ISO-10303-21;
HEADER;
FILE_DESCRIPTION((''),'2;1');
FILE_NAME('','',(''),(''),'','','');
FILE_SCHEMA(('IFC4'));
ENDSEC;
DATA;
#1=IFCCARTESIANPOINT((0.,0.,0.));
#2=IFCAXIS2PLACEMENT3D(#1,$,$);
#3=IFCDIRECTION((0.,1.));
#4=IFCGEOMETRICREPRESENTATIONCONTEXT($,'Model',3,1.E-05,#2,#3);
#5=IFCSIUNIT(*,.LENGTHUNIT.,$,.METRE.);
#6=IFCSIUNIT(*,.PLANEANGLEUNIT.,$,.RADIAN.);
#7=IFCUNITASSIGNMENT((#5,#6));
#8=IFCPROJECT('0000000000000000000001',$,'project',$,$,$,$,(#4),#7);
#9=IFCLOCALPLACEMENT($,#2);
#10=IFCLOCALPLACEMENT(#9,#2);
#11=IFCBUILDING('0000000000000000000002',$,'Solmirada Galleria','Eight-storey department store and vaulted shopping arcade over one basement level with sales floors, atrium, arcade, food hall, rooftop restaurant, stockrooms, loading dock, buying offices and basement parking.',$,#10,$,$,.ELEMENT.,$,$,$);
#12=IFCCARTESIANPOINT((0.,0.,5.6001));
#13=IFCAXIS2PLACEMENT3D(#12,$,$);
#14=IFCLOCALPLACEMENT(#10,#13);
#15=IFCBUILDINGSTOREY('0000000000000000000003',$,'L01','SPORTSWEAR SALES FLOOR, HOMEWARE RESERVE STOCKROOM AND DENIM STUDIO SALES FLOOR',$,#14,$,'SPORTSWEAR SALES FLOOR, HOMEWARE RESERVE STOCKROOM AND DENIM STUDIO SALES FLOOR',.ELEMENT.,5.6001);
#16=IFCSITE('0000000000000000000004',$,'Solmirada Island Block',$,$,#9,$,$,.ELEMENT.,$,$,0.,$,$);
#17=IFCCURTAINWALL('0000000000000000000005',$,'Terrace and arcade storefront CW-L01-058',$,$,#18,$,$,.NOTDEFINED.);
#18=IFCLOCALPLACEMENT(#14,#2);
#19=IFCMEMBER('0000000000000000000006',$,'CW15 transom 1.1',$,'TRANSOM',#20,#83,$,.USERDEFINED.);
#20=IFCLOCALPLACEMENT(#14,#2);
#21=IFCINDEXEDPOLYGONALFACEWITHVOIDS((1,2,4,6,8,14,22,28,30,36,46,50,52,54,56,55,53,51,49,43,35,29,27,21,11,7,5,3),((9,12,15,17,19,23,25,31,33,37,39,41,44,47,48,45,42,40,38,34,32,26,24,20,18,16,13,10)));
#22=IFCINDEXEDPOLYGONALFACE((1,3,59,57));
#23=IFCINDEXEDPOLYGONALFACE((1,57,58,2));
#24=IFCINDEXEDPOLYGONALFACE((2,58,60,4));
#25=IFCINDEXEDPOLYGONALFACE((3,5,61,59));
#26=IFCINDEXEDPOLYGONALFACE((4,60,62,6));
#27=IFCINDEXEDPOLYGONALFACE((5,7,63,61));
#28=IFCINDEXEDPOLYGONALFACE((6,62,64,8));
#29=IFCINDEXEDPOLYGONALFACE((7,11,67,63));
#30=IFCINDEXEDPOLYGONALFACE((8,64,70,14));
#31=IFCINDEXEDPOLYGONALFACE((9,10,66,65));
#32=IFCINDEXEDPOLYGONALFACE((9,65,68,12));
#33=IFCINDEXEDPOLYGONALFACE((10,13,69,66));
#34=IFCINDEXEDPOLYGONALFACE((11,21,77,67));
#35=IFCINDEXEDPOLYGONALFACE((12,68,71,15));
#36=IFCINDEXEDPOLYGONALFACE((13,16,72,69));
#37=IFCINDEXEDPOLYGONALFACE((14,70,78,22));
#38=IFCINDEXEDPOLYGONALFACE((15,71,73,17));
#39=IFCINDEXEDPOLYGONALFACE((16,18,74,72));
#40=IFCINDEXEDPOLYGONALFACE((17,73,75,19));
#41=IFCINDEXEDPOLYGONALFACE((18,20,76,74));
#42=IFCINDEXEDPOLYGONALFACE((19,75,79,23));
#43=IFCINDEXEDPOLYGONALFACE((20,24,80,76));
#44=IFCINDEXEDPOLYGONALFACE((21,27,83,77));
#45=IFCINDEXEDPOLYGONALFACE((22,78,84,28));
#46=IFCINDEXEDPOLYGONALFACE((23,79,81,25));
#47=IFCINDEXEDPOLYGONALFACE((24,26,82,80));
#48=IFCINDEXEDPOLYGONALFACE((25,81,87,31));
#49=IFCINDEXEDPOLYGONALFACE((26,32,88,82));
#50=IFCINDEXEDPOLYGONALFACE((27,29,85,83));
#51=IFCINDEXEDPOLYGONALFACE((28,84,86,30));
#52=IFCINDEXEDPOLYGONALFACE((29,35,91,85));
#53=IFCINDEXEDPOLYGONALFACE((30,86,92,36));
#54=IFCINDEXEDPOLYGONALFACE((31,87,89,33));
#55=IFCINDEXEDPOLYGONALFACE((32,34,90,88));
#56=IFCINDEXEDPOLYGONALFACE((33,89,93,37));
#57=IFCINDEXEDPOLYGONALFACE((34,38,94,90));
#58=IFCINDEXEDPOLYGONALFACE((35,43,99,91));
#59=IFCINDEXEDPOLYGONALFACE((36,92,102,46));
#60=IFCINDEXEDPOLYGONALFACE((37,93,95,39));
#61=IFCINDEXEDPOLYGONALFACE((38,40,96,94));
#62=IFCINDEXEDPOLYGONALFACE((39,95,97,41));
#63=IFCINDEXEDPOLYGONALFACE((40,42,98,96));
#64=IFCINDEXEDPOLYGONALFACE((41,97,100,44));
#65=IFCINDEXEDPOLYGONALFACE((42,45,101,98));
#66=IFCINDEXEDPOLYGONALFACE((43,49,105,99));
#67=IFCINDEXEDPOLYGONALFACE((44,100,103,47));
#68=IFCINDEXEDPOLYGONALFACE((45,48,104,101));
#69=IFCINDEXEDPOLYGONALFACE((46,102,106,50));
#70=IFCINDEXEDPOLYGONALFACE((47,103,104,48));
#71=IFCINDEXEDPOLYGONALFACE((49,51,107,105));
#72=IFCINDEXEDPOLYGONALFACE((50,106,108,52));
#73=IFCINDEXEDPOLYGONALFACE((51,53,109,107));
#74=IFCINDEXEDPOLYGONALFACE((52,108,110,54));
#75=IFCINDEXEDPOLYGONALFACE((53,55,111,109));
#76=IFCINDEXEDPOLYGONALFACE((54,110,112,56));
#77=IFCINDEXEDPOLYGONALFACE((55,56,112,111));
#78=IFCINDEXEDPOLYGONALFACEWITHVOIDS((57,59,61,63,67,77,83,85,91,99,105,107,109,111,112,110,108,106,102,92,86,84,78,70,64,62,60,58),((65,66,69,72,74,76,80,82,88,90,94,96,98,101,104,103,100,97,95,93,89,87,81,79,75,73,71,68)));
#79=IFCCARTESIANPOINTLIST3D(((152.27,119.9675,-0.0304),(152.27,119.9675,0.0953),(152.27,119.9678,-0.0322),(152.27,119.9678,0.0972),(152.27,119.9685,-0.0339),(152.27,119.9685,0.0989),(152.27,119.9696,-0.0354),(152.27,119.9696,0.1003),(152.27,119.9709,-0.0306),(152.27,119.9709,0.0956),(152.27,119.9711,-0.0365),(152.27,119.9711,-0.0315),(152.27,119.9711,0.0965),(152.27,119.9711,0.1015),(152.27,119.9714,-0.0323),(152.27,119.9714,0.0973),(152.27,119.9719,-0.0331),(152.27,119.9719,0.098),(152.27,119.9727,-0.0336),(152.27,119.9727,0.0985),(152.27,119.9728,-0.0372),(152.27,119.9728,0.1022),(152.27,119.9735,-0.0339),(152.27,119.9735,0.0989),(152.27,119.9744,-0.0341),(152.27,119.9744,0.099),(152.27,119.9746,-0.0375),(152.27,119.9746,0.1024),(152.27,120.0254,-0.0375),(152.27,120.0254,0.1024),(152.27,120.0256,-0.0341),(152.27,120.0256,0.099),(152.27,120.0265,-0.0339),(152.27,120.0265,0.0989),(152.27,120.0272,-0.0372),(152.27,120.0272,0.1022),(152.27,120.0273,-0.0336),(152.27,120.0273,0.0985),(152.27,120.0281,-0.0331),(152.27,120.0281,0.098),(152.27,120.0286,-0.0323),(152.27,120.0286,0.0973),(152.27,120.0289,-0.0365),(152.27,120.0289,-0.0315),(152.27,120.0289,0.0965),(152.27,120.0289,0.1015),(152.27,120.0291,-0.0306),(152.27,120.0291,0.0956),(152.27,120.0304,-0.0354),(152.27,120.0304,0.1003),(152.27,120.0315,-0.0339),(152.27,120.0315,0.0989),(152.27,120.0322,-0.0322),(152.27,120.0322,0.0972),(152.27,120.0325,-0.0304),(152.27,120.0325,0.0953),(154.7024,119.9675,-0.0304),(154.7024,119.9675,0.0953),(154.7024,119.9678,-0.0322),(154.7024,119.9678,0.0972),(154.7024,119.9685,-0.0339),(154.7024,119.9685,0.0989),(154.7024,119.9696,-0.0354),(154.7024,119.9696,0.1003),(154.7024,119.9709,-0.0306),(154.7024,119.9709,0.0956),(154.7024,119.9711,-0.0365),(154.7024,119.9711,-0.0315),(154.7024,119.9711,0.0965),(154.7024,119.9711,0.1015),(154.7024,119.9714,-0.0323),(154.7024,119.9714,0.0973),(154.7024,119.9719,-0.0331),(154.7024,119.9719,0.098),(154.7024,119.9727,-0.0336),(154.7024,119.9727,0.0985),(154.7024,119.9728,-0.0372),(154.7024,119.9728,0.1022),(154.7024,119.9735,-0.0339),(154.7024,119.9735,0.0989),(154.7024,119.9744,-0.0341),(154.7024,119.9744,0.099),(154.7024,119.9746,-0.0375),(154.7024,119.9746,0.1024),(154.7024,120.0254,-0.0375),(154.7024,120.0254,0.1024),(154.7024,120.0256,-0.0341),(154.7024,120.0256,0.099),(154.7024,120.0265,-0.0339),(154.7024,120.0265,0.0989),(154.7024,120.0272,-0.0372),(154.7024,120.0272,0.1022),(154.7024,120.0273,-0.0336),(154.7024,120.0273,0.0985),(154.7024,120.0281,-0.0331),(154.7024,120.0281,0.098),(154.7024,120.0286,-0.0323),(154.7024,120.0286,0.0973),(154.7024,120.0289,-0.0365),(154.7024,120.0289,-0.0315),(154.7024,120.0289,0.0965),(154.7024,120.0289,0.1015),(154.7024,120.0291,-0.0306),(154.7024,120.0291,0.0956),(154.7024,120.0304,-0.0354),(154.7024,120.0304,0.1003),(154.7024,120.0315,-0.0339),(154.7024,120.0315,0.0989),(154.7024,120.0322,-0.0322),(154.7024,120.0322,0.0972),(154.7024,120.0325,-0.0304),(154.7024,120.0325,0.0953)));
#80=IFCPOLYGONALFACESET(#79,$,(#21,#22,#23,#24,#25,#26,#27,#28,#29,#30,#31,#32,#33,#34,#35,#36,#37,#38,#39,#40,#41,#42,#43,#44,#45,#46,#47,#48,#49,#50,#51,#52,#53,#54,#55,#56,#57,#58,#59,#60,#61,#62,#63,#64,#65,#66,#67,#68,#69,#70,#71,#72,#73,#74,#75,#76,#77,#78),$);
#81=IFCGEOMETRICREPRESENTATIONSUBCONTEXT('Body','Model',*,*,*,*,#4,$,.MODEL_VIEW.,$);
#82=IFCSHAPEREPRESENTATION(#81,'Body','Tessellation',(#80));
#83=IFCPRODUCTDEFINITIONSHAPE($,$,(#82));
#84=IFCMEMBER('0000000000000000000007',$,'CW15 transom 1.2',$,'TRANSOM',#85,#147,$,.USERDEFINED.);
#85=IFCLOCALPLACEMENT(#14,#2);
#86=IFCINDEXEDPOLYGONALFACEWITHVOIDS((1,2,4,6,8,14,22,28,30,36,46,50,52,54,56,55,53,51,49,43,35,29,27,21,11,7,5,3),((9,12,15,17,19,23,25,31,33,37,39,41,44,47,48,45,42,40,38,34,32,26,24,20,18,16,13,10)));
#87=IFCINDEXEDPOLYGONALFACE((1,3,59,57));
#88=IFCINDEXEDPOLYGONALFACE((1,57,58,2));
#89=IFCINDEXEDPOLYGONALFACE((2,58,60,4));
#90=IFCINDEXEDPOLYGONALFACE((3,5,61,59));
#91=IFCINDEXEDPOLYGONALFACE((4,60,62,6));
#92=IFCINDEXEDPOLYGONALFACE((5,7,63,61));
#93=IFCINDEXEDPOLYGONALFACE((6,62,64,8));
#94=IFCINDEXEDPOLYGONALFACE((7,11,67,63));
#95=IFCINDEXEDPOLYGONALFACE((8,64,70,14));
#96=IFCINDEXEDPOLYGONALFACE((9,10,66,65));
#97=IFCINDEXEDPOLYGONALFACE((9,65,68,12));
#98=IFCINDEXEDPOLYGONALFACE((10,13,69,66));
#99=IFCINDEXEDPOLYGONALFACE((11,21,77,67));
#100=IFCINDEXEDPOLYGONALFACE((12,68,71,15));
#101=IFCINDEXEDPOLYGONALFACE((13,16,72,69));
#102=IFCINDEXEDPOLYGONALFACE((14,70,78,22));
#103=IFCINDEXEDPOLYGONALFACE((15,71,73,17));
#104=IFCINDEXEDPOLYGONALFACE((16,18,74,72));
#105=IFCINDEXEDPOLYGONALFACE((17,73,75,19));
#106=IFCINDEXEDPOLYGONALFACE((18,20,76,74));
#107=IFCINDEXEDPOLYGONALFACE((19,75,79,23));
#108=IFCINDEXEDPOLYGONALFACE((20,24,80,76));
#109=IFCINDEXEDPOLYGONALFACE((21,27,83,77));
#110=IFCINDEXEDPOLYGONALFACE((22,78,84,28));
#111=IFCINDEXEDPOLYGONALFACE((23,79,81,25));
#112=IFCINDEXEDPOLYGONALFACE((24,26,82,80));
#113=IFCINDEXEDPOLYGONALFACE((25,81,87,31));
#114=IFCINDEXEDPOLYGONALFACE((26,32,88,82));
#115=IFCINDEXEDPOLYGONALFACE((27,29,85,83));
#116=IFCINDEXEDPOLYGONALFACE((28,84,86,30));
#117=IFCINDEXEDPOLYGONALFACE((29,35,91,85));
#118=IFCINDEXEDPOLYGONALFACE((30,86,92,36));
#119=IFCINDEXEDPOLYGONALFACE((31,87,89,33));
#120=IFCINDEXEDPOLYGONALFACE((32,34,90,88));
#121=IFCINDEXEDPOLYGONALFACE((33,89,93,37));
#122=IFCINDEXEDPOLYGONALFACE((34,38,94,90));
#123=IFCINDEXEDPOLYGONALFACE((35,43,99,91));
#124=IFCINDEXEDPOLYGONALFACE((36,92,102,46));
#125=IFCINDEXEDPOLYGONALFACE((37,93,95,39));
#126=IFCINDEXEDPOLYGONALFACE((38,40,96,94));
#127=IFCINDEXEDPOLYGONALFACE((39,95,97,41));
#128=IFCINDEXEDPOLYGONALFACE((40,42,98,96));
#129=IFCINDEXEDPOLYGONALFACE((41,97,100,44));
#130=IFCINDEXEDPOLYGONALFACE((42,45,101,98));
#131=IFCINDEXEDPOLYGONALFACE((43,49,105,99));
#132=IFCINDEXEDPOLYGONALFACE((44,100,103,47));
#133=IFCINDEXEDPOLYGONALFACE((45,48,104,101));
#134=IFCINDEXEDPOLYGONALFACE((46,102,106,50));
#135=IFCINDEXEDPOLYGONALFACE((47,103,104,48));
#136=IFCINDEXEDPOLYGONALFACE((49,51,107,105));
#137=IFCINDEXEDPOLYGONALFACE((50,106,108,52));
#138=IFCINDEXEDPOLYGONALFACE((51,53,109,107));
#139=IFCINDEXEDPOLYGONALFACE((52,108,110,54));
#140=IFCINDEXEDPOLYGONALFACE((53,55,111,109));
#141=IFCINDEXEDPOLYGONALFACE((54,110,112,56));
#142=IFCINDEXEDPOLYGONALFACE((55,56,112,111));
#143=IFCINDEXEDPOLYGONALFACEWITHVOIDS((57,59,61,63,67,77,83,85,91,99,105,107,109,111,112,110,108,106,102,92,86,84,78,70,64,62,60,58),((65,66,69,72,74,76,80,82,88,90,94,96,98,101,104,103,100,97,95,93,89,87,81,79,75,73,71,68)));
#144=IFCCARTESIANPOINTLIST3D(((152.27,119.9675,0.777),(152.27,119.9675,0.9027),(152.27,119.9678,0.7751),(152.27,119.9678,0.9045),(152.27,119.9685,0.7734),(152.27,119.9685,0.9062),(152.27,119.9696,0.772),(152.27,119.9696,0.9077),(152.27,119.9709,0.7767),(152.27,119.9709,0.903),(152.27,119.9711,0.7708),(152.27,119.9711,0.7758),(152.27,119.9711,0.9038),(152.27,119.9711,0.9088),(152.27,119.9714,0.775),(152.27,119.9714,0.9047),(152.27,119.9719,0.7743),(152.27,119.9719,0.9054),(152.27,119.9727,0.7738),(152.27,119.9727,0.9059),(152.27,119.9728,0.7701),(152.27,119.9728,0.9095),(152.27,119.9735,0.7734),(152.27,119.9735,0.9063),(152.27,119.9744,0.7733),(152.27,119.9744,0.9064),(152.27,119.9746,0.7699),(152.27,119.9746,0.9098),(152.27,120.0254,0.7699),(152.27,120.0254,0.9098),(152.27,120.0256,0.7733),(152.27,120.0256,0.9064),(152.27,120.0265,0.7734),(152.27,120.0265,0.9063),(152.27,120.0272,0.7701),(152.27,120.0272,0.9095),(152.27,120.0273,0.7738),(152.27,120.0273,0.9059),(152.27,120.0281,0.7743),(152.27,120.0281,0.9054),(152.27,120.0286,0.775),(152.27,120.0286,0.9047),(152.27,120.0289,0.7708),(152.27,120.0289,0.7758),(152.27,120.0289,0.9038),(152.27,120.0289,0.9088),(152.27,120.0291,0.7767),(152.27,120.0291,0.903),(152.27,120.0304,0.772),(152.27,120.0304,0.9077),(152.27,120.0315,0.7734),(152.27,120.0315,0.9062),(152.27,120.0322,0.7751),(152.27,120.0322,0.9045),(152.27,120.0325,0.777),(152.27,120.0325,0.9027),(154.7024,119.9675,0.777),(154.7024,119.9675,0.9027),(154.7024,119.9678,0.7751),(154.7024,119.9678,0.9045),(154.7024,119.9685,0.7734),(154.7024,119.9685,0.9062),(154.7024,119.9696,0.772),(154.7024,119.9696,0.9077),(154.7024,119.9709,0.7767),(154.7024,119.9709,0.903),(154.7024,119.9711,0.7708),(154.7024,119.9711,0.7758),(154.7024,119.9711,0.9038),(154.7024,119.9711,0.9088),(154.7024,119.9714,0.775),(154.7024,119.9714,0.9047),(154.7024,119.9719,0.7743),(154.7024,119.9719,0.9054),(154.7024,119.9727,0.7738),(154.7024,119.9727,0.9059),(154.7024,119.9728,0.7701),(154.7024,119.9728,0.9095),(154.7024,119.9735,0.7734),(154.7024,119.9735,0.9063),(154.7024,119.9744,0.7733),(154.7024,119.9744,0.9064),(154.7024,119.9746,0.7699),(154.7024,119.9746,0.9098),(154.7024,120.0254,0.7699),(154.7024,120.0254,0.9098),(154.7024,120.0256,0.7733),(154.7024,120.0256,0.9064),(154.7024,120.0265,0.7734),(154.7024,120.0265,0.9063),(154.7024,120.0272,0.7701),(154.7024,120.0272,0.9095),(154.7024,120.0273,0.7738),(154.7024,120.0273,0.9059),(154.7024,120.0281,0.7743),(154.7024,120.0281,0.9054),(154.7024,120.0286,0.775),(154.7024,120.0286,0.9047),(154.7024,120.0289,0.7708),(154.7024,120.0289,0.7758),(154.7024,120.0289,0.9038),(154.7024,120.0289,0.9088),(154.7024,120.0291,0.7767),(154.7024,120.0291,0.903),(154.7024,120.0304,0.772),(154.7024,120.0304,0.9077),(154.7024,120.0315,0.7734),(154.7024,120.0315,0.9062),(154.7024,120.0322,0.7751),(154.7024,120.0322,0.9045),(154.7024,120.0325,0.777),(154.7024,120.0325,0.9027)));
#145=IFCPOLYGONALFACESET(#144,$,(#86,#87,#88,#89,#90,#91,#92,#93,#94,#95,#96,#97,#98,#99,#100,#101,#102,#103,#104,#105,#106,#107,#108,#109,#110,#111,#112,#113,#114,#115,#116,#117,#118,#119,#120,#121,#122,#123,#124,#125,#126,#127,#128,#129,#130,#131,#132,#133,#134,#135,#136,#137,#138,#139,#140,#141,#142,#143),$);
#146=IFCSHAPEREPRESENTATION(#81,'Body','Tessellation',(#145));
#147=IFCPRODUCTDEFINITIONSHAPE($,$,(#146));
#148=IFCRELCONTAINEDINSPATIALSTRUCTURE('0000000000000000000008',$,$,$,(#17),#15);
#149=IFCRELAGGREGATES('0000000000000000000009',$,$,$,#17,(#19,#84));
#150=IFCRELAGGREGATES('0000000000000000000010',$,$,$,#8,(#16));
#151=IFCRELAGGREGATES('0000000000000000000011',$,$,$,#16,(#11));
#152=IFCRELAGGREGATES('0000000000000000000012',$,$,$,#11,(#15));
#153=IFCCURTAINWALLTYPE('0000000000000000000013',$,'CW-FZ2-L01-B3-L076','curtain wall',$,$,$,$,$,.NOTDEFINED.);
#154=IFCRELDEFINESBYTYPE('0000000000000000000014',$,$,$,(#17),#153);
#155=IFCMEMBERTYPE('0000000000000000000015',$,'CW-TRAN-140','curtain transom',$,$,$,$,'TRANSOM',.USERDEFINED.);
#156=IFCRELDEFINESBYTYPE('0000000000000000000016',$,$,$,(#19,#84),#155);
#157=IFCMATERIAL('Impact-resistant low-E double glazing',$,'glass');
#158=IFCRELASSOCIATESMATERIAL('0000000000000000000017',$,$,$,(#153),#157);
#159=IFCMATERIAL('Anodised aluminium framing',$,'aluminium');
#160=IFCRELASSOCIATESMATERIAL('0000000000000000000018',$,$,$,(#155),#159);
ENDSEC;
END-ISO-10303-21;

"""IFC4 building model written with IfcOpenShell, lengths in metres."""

from ifc_helpers import new_model, si_unit, direction, frame, origin, origin_2d, place, context, subcontext, project, spatial, hollow_rectangle, extrude, material, material_profile, profile_set, type_object, element, aggregate, save


model = new_model("IFC4")

# Units and contexts
model_context = context("Model", 3, precision=1e-05, world=origin(), true_north=direction((0.0, 1.0)))
body_context = subcontext(model_context, "Body", "Model", "MODEL_VIEW")
ifc_project = project(units=[si_unit("LENGTHUNIT", "METRE"), si_unit("PLANEANGLEUNIT", "RADIAN")], contexts=[model_context])

# Site, building, storey
site_placement = place(None, origin())
site = spatial("IfcSite", under=ifc_project, at=site_placement, Name="Solmirada Island Block", CompositionType="ELEMENT", RefElevation=0.0)
building_placement = place(site_placement, origin())
building = spatial("IfcBuilding", under=site, at=building_placement, Name="Solmirada Galleria", Description="Eight-storey department store and vaulted shopping arcade over one basement level with sales floors, atrium, arcade, food hall, rooftop restaurant, stockrooms, loading dock, buying offices and basement parking.", CompositionType="ELEMENT")
storey_placement = place(building_placement, frame((0.0, 0.0, 5.6001)))
storey = spatial("IfcBuildingStorey", under=building, at=storey_placement, Name="L01", Description="SPORTSWEAR SALES FLOOR, HOMEWARE RESERVE STOCKROOM AND DENIM STUDIO SALES FLOOR", LongName="SPORTSWEAR SALES FLOOR, HOMEWARE RESERVE STOCKROOM AND DENIM STUDIO SALES FLOOR", CompositionType="ELEMENT", Elevation=5.6001)

# Curtain wall, members
ifc_material_1 = material(Name="Impact-resistant low-E double glazing", Category="glass")
curtain_wall_type = type_object("IfcCurtainWallType", Name="CW-FZ2-L01-B3-L076", Description="curtain wall", PredefinedType="NOTDEFINED", material=ifc_material_1)
curtain_wall_placement = place(storey_placement, origin())
curtain_wall = element("IfcCurtainWall", 1, at=curtain_wall_placement, inside=storey, type_object=curtain_wall_type, Name="Terrace and arcade storefront CW-L01-058", PredefinedType="NOTDEFINED")
ifc_material_2 = material(Name="Anodised aluminium framing", Category="aluminium")
ifc_material_profile_1 = material_profile(ifc_material_2, hollow_rectangle(XDim=0.0649, YDim=0.1399, WallThickness=0.0034, InnerFilletRadius=0.0034, OuterFilletRadius=0.0071, at=origin_2d()), Name="ALU-TRAN-140X65")
ifc_profile_set_1 = profile_set([ifc_material_profile_1], Name="Anodised aluminium framing")
member_type_1 = type_object("IfcMemberType", Name="CW-TRAN-140", Description="curtain transom", ElementType="TRANSOM", PredefinedType="USERDEFINED", material=ifc_profile_set_1)
member_1_placement = place(storey_placement, frame((152.27, 120.0, 0.0325), z_axis=(1.0, 0.0, 0.0), x_axis=(0.0, 1.0, 0.0)))
member_1 = element("IfcMember", 2, at=member_1_placement, type_object=member_type_1, Name="CW15 transom 1.1", ObjectType="TRANSOM", PredefinedType="USERDEFINED", context=body_context, shape_type="SweptSolid", body=[
    extrude(hollow_rectangle(XDim=0.0649, YDim=0.1399, WallThickness=0.0034, InnerFilletRadius=0.0034, OuterFilletRadius=0.0071, at=origin_2d()), origin(), (0.0, 0.0, 1.0), 2.4324),
])
member_2_placement = place(storey_placement, frame((152.27, 120.0, 0.8398), z_axis=(1.0, 0.0, 0.0), x_axis=(0.0, 1.0, 0.0)))
member_2 = element("IfcMember", 3, at=member_2_placement, type_object=member_type_1, Name="CW15 transom 1.2", ObjectType="TRANSOM", PredefinedType="USERDEFINED", context=body_context, shape_type="SweptSolid", body=[
    extrude(hollow_rectangle(XDim=0.0649, YDim=0.1399, WallThickness=0.0034, InnerFilletRadius=0.0034, OuterFilletRadius=0.0071, at=origin_2d()), origin(), (0.0, 0.0, 1.0), 2.4324),
])
aggregate(curtain_wall, [member_1, member_2])

save(model, "model.ifc")
